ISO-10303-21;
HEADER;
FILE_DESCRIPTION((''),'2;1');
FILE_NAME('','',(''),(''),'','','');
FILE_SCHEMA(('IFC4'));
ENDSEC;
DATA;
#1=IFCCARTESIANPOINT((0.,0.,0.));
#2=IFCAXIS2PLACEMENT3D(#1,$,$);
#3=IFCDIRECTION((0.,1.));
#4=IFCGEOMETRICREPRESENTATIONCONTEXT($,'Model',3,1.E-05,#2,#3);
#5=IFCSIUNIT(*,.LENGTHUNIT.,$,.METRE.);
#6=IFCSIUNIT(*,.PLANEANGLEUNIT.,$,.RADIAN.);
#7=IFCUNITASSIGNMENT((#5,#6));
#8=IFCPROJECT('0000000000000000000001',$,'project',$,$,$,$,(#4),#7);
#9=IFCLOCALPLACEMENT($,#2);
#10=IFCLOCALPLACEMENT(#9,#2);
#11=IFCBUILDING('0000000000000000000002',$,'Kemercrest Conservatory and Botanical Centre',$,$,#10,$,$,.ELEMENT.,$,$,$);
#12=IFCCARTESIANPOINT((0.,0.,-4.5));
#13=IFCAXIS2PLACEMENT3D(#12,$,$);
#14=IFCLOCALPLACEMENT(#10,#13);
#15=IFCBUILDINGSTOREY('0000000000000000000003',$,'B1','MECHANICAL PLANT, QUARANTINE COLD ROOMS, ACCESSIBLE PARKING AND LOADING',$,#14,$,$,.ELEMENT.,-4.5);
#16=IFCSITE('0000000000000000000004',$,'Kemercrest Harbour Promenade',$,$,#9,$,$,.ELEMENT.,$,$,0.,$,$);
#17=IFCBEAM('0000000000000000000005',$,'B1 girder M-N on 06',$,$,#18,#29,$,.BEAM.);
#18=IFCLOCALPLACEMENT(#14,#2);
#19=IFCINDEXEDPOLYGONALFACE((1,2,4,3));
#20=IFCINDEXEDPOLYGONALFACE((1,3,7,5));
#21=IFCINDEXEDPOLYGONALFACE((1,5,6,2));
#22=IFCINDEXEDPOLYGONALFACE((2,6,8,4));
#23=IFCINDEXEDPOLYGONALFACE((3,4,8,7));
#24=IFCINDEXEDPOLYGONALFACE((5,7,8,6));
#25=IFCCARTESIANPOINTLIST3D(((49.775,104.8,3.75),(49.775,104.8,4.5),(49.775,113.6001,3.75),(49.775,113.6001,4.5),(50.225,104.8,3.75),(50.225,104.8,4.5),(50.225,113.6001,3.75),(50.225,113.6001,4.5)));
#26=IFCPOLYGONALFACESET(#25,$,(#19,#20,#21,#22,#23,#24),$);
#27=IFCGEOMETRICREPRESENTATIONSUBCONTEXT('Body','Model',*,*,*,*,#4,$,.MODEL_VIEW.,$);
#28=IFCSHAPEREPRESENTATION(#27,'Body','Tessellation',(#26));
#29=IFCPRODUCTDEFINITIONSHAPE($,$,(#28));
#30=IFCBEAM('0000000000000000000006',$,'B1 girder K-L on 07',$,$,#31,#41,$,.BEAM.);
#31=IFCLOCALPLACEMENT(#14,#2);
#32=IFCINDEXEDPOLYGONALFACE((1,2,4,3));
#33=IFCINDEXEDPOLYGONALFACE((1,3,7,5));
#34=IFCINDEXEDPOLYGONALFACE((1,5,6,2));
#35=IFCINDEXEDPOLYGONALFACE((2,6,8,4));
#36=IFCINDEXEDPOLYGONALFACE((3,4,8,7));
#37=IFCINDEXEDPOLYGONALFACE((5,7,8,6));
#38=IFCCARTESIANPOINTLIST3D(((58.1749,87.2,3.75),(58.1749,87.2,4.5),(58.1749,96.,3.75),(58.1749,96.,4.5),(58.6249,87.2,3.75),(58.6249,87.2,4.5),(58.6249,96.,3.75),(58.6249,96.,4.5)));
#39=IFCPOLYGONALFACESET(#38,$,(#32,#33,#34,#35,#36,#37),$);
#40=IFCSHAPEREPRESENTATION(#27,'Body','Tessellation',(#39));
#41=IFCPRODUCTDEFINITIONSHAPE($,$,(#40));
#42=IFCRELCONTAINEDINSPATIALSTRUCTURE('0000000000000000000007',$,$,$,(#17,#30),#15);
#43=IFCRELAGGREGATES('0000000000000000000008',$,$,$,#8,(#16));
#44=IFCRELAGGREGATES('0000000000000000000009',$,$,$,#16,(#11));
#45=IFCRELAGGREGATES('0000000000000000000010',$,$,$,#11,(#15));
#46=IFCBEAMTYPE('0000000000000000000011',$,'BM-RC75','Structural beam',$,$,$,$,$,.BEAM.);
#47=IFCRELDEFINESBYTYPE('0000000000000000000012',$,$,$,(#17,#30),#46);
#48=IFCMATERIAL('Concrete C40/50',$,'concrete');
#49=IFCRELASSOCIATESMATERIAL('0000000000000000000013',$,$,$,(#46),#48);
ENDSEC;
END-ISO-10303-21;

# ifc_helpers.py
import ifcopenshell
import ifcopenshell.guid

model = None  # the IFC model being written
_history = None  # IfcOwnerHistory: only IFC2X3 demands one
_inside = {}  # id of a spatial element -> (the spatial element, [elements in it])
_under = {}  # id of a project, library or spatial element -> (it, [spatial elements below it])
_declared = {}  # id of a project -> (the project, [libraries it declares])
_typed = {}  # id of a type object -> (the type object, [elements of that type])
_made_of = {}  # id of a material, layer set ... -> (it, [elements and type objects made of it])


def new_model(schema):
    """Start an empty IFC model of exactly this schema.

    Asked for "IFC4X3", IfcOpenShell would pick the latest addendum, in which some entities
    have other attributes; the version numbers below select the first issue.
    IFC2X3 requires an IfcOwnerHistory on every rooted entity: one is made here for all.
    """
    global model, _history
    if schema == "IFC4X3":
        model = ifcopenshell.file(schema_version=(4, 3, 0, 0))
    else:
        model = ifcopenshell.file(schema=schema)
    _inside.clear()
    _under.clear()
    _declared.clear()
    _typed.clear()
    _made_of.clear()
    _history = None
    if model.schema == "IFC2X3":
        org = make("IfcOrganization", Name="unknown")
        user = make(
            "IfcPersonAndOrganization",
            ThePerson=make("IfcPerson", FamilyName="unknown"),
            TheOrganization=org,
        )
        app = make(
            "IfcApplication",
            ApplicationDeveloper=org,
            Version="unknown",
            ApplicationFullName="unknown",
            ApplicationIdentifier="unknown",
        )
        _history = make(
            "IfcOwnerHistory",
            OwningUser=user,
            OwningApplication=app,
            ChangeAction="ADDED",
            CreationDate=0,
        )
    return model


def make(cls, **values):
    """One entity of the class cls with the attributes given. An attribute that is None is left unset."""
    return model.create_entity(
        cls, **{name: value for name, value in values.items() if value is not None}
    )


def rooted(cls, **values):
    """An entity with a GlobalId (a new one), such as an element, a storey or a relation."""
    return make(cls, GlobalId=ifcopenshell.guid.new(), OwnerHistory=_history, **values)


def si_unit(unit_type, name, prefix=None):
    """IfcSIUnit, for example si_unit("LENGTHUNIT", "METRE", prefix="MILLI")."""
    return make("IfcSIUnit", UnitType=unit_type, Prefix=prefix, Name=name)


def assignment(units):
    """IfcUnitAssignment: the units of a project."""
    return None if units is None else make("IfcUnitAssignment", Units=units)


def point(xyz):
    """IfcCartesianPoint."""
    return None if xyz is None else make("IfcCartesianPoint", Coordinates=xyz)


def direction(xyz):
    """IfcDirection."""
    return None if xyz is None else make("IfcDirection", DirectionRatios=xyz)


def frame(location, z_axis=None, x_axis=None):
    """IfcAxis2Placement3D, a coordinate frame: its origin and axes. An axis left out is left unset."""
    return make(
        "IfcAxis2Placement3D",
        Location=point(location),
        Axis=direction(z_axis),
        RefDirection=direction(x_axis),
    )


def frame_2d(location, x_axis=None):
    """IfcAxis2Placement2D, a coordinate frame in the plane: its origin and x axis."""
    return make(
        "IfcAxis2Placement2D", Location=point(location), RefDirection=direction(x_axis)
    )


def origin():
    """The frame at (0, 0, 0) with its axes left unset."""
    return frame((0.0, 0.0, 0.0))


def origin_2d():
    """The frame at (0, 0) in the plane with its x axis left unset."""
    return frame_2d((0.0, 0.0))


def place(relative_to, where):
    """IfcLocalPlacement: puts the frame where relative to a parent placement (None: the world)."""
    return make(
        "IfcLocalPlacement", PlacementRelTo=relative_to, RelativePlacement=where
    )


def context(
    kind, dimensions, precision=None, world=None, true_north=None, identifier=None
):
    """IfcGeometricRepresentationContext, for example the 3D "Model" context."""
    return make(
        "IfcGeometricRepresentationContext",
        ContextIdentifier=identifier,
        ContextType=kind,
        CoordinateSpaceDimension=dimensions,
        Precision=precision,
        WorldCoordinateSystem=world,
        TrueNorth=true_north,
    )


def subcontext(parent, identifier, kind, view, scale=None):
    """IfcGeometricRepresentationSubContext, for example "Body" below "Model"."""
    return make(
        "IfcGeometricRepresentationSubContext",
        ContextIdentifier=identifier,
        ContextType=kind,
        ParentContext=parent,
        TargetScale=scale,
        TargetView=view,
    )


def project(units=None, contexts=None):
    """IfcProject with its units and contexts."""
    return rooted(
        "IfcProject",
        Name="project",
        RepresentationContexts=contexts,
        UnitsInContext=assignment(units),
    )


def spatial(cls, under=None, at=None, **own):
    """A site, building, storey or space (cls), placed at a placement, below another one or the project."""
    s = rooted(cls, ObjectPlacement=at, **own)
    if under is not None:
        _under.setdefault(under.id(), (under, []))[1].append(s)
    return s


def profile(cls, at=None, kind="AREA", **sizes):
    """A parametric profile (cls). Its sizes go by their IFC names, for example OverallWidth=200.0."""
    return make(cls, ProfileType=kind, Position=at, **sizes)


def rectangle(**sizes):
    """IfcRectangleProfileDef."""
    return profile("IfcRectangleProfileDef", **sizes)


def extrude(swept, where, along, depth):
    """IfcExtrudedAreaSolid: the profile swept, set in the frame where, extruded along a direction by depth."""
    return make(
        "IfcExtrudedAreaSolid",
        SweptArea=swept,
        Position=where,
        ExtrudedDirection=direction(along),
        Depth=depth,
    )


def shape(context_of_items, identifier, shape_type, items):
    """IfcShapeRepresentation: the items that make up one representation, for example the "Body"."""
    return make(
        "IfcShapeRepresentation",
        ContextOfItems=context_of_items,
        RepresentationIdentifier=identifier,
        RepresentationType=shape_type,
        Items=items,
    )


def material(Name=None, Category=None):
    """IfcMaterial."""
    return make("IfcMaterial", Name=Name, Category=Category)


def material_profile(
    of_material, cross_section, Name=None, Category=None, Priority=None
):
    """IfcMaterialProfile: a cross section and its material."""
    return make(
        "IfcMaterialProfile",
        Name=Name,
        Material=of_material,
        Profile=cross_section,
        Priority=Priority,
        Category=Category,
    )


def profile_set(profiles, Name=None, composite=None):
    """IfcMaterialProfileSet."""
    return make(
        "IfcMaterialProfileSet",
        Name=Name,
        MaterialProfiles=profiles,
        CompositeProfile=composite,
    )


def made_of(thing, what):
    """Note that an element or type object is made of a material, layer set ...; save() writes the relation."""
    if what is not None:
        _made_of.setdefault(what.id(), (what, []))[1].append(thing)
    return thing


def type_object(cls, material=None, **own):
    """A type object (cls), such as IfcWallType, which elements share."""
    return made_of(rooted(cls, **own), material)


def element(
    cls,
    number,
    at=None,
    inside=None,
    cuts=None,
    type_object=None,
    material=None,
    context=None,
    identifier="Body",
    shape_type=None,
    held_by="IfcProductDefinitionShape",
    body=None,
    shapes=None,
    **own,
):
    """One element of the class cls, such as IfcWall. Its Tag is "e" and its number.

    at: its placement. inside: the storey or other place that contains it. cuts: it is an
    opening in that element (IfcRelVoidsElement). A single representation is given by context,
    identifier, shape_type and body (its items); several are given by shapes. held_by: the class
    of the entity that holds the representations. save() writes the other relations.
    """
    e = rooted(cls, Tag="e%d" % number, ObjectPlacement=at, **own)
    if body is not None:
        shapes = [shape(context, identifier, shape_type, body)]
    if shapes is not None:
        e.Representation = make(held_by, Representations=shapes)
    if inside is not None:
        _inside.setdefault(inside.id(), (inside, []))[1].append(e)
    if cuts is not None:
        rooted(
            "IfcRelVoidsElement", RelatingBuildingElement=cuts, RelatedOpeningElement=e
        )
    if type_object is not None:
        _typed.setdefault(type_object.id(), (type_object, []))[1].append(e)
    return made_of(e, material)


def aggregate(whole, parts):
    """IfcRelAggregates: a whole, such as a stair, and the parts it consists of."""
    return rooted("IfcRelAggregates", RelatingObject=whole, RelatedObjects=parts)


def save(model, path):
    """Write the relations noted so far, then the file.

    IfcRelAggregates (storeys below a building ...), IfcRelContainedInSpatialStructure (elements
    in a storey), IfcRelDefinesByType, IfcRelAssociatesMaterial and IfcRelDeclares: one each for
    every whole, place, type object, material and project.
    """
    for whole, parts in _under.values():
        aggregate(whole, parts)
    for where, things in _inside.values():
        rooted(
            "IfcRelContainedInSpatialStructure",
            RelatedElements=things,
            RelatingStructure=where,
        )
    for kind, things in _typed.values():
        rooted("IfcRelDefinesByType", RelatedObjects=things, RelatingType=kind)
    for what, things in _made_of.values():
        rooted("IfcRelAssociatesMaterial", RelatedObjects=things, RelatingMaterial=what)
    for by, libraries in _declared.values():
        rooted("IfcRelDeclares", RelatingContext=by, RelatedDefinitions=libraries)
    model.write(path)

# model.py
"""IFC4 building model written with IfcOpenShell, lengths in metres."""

from ifc_helpers import new_model, si_unit, direction, frame, origin, origin_2d, place, context, subcontext, project, spatial, rectangle, extrude, material, material_profile, profile_set, type_object, element, save


model = new_model("IFC4")

# Units and contexts
model_context = context("Model", 3, precision=1e-05, world=origin(), true_north=direction((0.0, 1.0)))
body_context = subcontext(model_context, "Body", "Model", "MODEL_VIEW")
ifc_project = project(units=[si_unit("LENGTHUNIT", "METRE"), si_unit("PLANEANGLEUNIT", "RADIAN")], contexts=[model_context])

# Site, building, storey
site_placement = place(None, origin())
site = spatial("IfcSite", under=ifc_project, at=site_placement, Name="Kemercrest Harbour Promenade", CompositionType="ELEMENT", RefElevation=0.0)
building_placement = place(site_placement, origin())
building = spatial("IfcBuilding", under=site, at=building_placement, Name="Kemercrest Conservatory and Botanical Centre", CompositionType="ELEMENT")
storey_placement = place(building_placement, frame((0.0, 0.0, -4.5)))
storey = spatial("IfcBuildingStorey", under=building, at=storey_placement, Name="B1", Description="MECHANICAL PLANT, QUARANTINE COLD ROOMS, ACCESSIBLE PARKING AND LOADING", CompositionType="ELEMENT", Elevation=-4.5)

# Shared definitions
ifc_material_1 = material(Name="Concrete C40/50", Category="concrete")

# Beams
ifc_material_profile_1 = material_profile(ifc_material_1, rectangle(XDim=0.45, YDim=0.75, at=origin_2d()), Name="RC 450x750")
ifc_profile_set_1 = profile_set([ifc_material_profile_1], Name="Concrete C40/50")
beam_type = type_object("IfcBeamType", Name="BM-RC75", Description="Structural beam", PredefinedType="BEAM", material=ifc_profile_set_1)
for number, where, z_axis, x_axis, name in (
    (1, (50.0, 104.8, 4.125), (0.0, 1.0, 0.0), (-1.0, 0.0, 0.0), "B1 girder M-N on 06"),
    (2, (58.3999, 87.2, 4.125), (0.0, 1.0, 0.0), (-1.0, 0.0, 0.0), "B1 girder K-L on 07"),
):
    element("IfcBeam", number, at=place(storey_placement, frame(where, z_axis=z_axis, x_axis=x_axis)), inside=storey, type_object=beam_type, Name=name, PredefinedType="BEAM", context=body_context, shape_type="SweptSolid", body=[
        extrude(rectangle(XDim=0.45, YDim=0.75, at=origin_2d()), origin(), (0.0, 0.0, 1.0), 8.8),
    ])

save(model, "model.ifc")
